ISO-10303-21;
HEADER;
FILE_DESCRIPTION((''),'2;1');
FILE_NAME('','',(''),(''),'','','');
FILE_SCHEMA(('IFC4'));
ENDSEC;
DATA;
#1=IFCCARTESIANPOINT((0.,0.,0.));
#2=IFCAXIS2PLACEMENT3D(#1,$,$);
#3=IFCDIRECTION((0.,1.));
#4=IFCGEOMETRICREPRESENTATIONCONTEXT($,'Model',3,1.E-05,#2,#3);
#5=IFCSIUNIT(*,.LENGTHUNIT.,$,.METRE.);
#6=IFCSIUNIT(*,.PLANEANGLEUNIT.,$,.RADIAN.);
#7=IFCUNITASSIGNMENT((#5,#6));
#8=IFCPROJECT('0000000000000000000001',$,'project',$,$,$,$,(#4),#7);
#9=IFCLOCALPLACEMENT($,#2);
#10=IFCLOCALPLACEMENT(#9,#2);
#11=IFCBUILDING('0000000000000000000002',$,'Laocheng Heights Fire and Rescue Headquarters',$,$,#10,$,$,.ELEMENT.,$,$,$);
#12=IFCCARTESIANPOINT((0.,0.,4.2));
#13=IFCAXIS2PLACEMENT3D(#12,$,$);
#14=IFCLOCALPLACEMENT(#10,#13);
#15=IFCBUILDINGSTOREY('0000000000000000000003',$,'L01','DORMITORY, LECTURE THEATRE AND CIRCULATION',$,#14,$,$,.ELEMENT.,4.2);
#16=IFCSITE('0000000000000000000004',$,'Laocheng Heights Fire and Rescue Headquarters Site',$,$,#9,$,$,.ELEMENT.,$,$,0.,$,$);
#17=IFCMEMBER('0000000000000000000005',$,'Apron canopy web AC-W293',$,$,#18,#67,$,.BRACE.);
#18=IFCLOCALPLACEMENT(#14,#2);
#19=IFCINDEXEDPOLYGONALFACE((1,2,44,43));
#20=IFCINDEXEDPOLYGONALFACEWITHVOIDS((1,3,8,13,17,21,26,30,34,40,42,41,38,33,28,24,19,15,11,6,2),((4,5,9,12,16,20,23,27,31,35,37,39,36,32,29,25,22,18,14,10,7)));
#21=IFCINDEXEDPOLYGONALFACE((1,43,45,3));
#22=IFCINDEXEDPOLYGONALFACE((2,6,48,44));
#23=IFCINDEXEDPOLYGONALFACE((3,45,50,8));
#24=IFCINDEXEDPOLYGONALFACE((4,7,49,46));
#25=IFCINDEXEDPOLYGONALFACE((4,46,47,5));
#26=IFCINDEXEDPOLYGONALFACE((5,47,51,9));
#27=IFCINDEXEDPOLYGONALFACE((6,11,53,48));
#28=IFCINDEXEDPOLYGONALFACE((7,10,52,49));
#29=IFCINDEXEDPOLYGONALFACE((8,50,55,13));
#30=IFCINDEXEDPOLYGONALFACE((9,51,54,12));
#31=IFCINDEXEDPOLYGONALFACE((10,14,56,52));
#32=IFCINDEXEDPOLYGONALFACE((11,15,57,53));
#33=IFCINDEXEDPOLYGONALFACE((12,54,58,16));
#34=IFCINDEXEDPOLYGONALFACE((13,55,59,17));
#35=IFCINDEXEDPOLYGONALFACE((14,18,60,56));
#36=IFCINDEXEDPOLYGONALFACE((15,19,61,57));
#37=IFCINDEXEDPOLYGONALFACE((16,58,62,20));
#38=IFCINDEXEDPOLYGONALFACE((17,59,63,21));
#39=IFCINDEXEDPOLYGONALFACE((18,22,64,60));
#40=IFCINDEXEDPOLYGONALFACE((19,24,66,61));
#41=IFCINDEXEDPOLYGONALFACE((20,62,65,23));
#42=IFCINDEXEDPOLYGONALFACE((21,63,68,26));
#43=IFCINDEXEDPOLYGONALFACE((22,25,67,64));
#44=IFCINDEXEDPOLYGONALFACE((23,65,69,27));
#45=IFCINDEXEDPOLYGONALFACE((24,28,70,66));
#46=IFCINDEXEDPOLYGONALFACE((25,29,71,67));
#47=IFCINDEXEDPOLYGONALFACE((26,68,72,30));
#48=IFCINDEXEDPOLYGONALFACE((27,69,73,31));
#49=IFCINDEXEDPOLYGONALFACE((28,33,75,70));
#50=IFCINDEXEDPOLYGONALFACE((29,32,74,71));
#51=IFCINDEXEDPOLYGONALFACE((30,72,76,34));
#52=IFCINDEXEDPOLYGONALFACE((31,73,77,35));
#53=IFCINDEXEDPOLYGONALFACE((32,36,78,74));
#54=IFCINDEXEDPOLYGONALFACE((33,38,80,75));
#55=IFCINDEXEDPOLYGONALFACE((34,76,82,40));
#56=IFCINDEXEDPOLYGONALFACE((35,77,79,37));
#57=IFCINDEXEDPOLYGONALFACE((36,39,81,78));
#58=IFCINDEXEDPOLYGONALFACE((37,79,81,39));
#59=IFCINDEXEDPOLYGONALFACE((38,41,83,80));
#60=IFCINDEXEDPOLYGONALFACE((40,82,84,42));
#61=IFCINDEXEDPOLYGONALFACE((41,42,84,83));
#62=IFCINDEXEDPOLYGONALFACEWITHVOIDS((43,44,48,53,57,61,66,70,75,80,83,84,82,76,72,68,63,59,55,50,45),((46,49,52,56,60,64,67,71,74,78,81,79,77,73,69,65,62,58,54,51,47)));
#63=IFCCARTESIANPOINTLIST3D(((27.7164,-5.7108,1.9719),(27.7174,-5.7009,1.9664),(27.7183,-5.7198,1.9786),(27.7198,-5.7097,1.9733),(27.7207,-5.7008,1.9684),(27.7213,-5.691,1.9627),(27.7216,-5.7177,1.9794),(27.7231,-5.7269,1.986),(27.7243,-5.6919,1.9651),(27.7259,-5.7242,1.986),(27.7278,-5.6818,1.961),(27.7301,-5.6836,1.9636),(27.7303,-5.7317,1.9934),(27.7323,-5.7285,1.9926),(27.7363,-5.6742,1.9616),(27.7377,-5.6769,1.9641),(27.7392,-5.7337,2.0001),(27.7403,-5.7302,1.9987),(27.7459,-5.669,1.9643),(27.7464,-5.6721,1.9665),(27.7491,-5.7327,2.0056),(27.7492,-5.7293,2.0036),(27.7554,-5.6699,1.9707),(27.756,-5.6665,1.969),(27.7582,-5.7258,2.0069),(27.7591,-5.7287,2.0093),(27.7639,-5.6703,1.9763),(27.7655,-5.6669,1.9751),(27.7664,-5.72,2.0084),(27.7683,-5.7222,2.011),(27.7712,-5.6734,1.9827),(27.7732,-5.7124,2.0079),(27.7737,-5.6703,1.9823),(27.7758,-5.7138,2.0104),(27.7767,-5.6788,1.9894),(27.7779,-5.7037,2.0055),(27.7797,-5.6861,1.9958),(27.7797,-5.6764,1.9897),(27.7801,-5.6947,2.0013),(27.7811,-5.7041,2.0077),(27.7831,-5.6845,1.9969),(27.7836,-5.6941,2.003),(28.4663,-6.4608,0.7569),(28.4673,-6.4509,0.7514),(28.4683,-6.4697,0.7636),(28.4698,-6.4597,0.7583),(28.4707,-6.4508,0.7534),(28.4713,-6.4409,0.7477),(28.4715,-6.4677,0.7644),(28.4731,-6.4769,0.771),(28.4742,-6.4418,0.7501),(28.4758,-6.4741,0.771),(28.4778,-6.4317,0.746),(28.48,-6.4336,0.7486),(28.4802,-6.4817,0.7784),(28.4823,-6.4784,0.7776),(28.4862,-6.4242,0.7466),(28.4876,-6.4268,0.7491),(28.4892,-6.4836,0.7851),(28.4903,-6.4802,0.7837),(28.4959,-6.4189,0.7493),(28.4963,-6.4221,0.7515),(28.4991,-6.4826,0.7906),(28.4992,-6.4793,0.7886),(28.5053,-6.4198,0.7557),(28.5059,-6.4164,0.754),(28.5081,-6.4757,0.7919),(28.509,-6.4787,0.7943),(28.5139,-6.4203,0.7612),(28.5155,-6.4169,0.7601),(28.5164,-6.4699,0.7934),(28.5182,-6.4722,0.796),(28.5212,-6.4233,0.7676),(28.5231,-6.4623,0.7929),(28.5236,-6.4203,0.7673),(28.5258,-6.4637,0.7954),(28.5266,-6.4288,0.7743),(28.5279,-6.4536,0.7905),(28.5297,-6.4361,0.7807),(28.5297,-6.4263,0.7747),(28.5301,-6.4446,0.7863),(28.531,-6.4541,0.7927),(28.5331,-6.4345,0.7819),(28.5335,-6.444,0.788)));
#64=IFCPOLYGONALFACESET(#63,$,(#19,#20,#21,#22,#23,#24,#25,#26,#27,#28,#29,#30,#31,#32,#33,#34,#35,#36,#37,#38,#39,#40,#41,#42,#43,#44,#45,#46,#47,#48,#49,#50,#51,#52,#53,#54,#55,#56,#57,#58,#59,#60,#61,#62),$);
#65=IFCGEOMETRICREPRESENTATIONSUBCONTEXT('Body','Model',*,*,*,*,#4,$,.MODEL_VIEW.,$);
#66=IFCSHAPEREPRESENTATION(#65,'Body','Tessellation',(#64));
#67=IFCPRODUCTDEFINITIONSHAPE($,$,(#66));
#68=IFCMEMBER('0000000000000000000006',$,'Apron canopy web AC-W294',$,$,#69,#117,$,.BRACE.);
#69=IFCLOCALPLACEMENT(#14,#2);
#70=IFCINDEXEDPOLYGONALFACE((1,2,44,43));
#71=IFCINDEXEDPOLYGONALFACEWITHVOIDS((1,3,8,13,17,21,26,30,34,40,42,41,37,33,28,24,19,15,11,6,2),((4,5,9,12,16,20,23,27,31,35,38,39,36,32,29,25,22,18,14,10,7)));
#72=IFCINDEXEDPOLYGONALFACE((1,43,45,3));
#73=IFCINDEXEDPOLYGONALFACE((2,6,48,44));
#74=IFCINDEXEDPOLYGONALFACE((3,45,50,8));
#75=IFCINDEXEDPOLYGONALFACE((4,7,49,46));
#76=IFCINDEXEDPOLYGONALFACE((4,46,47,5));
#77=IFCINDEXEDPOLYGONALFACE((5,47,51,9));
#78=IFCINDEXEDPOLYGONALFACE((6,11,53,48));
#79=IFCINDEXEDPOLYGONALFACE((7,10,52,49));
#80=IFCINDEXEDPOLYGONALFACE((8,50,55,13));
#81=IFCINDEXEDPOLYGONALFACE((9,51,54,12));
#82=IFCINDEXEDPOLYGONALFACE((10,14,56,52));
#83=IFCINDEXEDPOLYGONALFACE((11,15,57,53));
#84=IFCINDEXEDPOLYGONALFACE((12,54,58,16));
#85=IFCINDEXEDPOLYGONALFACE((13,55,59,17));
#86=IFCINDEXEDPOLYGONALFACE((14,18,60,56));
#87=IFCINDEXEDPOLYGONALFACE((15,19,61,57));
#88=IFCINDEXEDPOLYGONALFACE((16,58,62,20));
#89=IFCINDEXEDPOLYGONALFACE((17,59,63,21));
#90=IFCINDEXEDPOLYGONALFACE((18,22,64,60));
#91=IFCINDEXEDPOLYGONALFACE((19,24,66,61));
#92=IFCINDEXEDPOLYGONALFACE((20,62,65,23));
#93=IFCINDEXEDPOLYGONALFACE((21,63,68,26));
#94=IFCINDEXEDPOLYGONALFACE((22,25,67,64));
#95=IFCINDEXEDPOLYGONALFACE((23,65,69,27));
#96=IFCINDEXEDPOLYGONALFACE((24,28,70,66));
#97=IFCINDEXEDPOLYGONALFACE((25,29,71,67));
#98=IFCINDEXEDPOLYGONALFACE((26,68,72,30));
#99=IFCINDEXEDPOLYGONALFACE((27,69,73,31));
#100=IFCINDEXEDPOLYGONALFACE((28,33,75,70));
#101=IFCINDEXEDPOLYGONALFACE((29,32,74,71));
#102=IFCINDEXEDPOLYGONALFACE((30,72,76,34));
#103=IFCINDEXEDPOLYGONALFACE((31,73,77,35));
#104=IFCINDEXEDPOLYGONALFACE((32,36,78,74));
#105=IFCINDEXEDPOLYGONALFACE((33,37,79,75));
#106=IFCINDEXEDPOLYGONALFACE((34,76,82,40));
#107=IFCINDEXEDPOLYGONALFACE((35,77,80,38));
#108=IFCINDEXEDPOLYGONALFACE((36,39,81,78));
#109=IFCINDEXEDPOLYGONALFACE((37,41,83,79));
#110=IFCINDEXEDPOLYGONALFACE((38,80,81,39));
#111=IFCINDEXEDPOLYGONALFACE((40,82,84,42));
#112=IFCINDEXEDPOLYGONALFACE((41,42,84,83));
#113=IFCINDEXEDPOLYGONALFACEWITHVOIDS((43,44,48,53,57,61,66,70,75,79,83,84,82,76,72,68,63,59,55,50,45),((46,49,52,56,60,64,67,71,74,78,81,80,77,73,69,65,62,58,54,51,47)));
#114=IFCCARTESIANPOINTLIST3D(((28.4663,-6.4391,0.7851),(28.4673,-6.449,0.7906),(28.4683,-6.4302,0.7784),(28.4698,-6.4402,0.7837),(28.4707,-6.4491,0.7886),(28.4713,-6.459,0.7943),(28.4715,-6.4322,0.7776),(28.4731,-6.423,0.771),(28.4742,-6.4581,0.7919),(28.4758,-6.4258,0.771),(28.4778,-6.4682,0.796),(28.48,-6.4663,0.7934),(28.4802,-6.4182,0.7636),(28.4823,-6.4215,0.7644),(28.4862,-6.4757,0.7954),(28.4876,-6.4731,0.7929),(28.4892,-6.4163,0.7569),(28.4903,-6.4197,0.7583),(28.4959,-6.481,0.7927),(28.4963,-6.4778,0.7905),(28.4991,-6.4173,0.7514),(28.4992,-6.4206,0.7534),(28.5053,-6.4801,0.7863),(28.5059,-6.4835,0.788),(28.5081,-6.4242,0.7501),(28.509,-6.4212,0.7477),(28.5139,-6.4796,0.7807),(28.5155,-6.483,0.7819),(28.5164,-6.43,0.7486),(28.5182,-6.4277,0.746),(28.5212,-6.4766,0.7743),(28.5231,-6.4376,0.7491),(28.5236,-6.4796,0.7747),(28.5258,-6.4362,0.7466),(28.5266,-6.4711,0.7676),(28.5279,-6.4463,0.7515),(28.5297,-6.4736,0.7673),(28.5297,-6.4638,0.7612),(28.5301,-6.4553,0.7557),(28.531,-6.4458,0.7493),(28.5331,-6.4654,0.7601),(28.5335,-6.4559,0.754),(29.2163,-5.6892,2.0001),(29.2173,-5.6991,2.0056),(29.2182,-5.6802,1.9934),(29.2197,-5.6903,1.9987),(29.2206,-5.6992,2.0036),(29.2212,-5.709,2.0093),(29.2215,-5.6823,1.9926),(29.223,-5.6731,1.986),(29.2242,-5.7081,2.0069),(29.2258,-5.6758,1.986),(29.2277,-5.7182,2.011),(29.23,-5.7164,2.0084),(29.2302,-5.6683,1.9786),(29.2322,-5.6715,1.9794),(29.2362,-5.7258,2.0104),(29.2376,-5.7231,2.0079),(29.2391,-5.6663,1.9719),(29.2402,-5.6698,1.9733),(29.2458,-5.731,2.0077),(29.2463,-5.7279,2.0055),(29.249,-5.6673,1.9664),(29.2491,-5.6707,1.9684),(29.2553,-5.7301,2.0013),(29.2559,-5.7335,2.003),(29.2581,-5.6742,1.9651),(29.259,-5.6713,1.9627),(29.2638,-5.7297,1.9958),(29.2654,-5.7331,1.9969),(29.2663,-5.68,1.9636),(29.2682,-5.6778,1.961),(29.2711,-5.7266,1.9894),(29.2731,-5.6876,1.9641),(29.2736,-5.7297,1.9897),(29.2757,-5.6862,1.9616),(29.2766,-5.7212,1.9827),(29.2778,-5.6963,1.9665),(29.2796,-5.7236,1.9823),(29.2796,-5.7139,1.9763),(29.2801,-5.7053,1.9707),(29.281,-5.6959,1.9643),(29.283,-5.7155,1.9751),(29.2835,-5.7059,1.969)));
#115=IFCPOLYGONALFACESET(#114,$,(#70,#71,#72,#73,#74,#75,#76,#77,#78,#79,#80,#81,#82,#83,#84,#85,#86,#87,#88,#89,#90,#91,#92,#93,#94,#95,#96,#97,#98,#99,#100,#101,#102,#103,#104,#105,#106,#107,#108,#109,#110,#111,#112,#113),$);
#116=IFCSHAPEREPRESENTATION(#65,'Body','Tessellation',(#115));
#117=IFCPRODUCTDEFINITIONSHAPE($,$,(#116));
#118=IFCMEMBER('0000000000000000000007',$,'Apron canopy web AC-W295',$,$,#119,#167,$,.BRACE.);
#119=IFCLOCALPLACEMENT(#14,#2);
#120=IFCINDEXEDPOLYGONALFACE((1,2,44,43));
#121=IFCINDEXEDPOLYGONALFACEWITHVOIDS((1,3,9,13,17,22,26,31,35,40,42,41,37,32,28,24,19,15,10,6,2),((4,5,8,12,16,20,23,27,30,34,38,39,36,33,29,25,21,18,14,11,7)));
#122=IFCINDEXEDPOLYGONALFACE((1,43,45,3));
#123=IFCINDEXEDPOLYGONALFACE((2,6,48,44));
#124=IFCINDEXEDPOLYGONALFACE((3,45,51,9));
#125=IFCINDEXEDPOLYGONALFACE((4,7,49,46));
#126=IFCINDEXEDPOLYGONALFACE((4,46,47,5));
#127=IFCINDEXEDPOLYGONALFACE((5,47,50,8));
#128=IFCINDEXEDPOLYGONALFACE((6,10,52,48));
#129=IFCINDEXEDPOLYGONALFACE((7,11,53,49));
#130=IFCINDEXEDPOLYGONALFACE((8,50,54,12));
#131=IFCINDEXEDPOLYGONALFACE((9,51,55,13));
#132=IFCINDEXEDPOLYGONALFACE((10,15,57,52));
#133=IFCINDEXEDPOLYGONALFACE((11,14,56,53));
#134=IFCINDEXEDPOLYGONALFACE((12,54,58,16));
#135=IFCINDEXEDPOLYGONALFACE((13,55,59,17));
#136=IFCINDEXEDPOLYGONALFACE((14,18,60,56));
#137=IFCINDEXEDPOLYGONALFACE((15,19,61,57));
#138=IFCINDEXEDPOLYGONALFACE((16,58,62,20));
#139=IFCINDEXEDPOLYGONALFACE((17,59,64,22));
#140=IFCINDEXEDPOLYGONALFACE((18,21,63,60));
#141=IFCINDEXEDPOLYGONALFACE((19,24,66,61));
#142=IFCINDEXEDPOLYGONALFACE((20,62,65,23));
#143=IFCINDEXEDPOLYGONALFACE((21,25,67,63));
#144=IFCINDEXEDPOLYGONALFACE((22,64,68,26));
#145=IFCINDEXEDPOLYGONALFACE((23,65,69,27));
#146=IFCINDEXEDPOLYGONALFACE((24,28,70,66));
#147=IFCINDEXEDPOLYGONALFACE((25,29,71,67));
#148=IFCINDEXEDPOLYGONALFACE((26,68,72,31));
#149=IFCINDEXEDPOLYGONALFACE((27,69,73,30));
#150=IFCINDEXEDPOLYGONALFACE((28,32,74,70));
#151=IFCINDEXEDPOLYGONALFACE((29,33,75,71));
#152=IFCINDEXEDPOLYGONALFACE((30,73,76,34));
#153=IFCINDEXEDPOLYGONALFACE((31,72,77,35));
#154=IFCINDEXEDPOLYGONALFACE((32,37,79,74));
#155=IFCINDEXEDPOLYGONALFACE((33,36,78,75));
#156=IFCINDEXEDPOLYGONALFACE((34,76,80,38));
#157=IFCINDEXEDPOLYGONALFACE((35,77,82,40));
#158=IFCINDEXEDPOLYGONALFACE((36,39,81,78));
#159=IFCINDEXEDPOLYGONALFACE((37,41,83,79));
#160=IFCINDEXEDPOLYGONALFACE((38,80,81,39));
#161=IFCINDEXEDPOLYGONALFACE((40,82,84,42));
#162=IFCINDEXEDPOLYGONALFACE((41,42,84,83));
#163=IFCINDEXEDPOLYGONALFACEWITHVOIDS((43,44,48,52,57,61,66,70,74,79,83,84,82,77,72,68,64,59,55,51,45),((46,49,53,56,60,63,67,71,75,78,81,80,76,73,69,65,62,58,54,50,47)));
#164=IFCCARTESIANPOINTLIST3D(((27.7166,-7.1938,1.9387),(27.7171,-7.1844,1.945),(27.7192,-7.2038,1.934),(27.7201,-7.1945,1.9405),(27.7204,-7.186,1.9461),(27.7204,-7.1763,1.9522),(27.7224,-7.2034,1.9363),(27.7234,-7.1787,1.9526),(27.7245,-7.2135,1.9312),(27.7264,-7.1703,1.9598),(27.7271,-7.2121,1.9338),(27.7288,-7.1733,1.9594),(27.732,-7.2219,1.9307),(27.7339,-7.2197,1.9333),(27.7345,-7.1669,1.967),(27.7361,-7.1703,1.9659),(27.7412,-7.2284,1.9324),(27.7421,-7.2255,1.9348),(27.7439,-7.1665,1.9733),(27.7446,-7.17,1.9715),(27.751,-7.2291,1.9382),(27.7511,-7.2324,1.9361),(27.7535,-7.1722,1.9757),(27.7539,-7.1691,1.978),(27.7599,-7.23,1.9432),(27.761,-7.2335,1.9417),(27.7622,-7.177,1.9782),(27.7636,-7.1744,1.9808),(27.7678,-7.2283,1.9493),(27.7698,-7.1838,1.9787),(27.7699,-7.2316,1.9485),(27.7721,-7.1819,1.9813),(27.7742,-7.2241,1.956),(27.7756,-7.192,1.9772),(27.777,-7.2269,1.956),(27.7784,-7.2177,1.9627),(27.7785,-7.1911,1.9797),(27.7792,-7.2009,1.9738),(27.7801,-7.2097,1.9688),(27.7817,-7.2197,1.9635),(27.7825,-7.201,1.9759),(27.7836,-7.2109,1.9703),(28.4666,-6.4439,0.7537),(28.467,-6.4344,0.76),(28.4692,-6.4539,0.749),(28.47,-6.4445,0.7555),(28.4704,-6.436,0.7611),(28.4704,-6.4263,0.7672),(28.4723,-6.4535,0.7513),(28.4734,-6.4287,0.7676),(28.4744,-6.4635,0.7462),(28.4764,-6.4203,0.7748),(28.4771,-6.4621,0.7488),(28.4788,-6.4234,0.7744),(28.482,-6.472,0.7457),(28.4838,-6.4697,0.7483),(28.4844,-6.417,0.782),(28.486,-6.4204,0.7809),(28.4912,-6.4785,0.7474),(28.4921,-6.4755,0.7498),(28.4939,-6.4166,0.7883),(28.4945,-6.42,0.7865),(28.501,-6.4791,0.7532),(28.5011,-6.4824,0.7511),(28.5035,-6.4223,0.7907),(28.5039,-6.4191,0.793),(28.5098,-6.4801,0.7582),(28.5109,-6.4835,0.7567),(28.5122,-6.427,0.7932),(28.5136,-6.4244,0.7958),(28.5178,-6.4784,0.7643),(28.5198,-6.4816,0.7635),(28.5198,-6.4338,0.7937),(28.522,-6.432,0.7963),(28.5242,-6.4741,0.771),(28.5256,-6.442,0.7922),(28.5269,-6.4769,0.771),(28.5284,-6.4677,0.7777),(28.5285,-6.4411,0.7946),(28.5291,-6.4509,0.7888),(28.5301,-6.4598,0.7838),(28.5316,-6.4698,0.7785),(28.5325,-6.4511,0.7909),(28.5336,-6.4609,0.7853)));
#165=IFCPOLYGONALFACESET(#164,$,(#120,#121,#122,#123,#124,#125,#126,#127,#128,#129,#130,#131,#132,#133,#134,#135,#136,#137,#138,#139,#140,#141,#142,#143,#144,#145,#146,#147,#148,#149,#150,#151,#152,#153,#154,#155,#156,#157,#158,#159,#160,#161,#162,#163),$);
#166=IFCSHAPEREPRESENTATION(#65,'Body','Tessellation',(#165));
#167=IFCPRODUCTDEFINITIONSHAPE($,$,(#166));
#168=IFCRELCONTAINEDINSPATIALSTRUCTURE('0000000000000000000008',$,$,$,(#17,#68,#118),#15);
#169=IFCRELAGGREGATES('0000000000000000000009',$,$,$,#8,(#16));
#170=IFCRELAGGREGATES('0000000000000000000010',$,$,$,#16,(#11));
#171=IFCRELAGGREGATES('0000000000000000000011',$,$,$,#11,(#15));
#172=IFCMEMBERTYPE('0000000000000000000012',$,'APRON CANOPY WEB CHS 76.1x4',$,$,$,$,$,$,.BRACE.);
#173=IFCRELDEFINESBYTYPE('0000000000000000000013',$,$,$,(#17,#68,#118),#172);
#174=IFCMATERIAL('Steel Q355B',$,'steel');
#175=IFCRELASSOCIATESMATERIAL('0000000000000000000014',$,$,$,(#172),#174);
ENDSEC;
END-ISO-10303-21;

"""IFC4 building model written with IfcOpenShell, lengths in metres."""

from ifc_helpers import new_model, si_unit, direction, frame, origin, origin_2d, place, context, subcontext, project, spatial, hollow_circle, extrude, material, material_profile, profile_set, type_object, element, save


model = new_model("IFC4")

# Units and contexts
model_context = context("Model", 3, precision=1e-05, world=origin(), true_north=direction((0.0, 1.0)))
body_context = subcontext(model_context, "Body", "Model", "MODEL_VIEW")
ifc_project = project(units=[si_unit("LENGTHUNIT", "METRE"), si_unit("PLANEANGLEUNIT", "RADIAN")], contexts=[model_context])

# Site, building, storey
site_placement = place(None, origin())
site = spatial("IfcSite", under=ifc_project, at=site_placement, Name="Laocheng Heights Fire and Rescue Headquarters Site", CompositionType="ELEMENT", RefElevation=0.0)
building_placement = place(site_placement, origin())
building = spatial("IfcBuilding", under=site, at=building_placement, Name="Laocheng Heights Fire and Rescue Headquarters", CompositionType="ELEMENT")
storey_placement = place(building_placement, frame((0.0, 0.0, 4.2)))
storey = spatial("IfcBuildingStorey", under=building, at=storey_placement, Name="L01", Description="DORMITORY, LECTURE THEATRE AND CIRCULATION", CompositionType="ELEMENT", Elevation=4.2)

# Members
ifc_material_1 = material(Name="Steel Q355B", Category="steel")
ifc_material_profile_1 = material_profile(ifc_material_1, hollow_circle(Radius=0.0381, WallThickness=0.0039, at=origin_2d()), Name="CHS 76.1x4")
ifc_profile_set_1 = profile_set([ifc_material_profile_1], Name="Steel Q355B")
member_type_1 = type_object("IfcMemberType", Name="APRON CANOPY WEB CHS 76.1x4", PredefinedType="BRACE", material=ifc_profile_set_1)
for number, where, z_axis, x_axis, name in (
    (1, (28.5, -6.45, 0.771), (-0.465002, 0.465002, 0.753357), (-0.707107, -0.707107, 0.0), "Apron canopy web AC-W293"),
    (2, (28.5, -6.45, 0.771), (0.465002, 0.465002, 0.753357), (-0.707107, 0.707107, 0.0), "Apron canopy web AC-W294"),
):
    element("IfcMember", number, at=place(storey_placement, frame(where, z_axis=z_axis, x_axis=x_axis)), inside=storey, type_object=member_type_1, Name=name, PredefinedType="BRACE", context=body_context, shape_type="SweptSolid", body=[
        extrude(hollow_circle(Radius=0.0381, WallThickness=0.0039, at=origin_2d()), origin(), (0.0, 0.0, 1.0), 1.6128),
    ])
for number, where, z_axis, x_axis, name in (
    (3, (28.5, -6.45, 0.771), (-0.47158, -0.47158, 0.745134), (0.707107, -0.707107, 0.0), "Apron canopy web AC-W295"),
):
    element("IfcMember", number, at=place(storey_placement, frame(where, z_axis=z_axis, x_axis=x_axis)), inside=storey, type_object=member_type_1, Name=name, PredefinedType="BRACE", context=body_context, shape_type="SweptSolid", body=[
        extrude(hollow_circle(Radius=0.0381, WallThickness=0.0039, at=origin_2d()), origin(), (0.0, 0.0, 1.0), 1.5903),
    ])

save(model, "model.ifc")
